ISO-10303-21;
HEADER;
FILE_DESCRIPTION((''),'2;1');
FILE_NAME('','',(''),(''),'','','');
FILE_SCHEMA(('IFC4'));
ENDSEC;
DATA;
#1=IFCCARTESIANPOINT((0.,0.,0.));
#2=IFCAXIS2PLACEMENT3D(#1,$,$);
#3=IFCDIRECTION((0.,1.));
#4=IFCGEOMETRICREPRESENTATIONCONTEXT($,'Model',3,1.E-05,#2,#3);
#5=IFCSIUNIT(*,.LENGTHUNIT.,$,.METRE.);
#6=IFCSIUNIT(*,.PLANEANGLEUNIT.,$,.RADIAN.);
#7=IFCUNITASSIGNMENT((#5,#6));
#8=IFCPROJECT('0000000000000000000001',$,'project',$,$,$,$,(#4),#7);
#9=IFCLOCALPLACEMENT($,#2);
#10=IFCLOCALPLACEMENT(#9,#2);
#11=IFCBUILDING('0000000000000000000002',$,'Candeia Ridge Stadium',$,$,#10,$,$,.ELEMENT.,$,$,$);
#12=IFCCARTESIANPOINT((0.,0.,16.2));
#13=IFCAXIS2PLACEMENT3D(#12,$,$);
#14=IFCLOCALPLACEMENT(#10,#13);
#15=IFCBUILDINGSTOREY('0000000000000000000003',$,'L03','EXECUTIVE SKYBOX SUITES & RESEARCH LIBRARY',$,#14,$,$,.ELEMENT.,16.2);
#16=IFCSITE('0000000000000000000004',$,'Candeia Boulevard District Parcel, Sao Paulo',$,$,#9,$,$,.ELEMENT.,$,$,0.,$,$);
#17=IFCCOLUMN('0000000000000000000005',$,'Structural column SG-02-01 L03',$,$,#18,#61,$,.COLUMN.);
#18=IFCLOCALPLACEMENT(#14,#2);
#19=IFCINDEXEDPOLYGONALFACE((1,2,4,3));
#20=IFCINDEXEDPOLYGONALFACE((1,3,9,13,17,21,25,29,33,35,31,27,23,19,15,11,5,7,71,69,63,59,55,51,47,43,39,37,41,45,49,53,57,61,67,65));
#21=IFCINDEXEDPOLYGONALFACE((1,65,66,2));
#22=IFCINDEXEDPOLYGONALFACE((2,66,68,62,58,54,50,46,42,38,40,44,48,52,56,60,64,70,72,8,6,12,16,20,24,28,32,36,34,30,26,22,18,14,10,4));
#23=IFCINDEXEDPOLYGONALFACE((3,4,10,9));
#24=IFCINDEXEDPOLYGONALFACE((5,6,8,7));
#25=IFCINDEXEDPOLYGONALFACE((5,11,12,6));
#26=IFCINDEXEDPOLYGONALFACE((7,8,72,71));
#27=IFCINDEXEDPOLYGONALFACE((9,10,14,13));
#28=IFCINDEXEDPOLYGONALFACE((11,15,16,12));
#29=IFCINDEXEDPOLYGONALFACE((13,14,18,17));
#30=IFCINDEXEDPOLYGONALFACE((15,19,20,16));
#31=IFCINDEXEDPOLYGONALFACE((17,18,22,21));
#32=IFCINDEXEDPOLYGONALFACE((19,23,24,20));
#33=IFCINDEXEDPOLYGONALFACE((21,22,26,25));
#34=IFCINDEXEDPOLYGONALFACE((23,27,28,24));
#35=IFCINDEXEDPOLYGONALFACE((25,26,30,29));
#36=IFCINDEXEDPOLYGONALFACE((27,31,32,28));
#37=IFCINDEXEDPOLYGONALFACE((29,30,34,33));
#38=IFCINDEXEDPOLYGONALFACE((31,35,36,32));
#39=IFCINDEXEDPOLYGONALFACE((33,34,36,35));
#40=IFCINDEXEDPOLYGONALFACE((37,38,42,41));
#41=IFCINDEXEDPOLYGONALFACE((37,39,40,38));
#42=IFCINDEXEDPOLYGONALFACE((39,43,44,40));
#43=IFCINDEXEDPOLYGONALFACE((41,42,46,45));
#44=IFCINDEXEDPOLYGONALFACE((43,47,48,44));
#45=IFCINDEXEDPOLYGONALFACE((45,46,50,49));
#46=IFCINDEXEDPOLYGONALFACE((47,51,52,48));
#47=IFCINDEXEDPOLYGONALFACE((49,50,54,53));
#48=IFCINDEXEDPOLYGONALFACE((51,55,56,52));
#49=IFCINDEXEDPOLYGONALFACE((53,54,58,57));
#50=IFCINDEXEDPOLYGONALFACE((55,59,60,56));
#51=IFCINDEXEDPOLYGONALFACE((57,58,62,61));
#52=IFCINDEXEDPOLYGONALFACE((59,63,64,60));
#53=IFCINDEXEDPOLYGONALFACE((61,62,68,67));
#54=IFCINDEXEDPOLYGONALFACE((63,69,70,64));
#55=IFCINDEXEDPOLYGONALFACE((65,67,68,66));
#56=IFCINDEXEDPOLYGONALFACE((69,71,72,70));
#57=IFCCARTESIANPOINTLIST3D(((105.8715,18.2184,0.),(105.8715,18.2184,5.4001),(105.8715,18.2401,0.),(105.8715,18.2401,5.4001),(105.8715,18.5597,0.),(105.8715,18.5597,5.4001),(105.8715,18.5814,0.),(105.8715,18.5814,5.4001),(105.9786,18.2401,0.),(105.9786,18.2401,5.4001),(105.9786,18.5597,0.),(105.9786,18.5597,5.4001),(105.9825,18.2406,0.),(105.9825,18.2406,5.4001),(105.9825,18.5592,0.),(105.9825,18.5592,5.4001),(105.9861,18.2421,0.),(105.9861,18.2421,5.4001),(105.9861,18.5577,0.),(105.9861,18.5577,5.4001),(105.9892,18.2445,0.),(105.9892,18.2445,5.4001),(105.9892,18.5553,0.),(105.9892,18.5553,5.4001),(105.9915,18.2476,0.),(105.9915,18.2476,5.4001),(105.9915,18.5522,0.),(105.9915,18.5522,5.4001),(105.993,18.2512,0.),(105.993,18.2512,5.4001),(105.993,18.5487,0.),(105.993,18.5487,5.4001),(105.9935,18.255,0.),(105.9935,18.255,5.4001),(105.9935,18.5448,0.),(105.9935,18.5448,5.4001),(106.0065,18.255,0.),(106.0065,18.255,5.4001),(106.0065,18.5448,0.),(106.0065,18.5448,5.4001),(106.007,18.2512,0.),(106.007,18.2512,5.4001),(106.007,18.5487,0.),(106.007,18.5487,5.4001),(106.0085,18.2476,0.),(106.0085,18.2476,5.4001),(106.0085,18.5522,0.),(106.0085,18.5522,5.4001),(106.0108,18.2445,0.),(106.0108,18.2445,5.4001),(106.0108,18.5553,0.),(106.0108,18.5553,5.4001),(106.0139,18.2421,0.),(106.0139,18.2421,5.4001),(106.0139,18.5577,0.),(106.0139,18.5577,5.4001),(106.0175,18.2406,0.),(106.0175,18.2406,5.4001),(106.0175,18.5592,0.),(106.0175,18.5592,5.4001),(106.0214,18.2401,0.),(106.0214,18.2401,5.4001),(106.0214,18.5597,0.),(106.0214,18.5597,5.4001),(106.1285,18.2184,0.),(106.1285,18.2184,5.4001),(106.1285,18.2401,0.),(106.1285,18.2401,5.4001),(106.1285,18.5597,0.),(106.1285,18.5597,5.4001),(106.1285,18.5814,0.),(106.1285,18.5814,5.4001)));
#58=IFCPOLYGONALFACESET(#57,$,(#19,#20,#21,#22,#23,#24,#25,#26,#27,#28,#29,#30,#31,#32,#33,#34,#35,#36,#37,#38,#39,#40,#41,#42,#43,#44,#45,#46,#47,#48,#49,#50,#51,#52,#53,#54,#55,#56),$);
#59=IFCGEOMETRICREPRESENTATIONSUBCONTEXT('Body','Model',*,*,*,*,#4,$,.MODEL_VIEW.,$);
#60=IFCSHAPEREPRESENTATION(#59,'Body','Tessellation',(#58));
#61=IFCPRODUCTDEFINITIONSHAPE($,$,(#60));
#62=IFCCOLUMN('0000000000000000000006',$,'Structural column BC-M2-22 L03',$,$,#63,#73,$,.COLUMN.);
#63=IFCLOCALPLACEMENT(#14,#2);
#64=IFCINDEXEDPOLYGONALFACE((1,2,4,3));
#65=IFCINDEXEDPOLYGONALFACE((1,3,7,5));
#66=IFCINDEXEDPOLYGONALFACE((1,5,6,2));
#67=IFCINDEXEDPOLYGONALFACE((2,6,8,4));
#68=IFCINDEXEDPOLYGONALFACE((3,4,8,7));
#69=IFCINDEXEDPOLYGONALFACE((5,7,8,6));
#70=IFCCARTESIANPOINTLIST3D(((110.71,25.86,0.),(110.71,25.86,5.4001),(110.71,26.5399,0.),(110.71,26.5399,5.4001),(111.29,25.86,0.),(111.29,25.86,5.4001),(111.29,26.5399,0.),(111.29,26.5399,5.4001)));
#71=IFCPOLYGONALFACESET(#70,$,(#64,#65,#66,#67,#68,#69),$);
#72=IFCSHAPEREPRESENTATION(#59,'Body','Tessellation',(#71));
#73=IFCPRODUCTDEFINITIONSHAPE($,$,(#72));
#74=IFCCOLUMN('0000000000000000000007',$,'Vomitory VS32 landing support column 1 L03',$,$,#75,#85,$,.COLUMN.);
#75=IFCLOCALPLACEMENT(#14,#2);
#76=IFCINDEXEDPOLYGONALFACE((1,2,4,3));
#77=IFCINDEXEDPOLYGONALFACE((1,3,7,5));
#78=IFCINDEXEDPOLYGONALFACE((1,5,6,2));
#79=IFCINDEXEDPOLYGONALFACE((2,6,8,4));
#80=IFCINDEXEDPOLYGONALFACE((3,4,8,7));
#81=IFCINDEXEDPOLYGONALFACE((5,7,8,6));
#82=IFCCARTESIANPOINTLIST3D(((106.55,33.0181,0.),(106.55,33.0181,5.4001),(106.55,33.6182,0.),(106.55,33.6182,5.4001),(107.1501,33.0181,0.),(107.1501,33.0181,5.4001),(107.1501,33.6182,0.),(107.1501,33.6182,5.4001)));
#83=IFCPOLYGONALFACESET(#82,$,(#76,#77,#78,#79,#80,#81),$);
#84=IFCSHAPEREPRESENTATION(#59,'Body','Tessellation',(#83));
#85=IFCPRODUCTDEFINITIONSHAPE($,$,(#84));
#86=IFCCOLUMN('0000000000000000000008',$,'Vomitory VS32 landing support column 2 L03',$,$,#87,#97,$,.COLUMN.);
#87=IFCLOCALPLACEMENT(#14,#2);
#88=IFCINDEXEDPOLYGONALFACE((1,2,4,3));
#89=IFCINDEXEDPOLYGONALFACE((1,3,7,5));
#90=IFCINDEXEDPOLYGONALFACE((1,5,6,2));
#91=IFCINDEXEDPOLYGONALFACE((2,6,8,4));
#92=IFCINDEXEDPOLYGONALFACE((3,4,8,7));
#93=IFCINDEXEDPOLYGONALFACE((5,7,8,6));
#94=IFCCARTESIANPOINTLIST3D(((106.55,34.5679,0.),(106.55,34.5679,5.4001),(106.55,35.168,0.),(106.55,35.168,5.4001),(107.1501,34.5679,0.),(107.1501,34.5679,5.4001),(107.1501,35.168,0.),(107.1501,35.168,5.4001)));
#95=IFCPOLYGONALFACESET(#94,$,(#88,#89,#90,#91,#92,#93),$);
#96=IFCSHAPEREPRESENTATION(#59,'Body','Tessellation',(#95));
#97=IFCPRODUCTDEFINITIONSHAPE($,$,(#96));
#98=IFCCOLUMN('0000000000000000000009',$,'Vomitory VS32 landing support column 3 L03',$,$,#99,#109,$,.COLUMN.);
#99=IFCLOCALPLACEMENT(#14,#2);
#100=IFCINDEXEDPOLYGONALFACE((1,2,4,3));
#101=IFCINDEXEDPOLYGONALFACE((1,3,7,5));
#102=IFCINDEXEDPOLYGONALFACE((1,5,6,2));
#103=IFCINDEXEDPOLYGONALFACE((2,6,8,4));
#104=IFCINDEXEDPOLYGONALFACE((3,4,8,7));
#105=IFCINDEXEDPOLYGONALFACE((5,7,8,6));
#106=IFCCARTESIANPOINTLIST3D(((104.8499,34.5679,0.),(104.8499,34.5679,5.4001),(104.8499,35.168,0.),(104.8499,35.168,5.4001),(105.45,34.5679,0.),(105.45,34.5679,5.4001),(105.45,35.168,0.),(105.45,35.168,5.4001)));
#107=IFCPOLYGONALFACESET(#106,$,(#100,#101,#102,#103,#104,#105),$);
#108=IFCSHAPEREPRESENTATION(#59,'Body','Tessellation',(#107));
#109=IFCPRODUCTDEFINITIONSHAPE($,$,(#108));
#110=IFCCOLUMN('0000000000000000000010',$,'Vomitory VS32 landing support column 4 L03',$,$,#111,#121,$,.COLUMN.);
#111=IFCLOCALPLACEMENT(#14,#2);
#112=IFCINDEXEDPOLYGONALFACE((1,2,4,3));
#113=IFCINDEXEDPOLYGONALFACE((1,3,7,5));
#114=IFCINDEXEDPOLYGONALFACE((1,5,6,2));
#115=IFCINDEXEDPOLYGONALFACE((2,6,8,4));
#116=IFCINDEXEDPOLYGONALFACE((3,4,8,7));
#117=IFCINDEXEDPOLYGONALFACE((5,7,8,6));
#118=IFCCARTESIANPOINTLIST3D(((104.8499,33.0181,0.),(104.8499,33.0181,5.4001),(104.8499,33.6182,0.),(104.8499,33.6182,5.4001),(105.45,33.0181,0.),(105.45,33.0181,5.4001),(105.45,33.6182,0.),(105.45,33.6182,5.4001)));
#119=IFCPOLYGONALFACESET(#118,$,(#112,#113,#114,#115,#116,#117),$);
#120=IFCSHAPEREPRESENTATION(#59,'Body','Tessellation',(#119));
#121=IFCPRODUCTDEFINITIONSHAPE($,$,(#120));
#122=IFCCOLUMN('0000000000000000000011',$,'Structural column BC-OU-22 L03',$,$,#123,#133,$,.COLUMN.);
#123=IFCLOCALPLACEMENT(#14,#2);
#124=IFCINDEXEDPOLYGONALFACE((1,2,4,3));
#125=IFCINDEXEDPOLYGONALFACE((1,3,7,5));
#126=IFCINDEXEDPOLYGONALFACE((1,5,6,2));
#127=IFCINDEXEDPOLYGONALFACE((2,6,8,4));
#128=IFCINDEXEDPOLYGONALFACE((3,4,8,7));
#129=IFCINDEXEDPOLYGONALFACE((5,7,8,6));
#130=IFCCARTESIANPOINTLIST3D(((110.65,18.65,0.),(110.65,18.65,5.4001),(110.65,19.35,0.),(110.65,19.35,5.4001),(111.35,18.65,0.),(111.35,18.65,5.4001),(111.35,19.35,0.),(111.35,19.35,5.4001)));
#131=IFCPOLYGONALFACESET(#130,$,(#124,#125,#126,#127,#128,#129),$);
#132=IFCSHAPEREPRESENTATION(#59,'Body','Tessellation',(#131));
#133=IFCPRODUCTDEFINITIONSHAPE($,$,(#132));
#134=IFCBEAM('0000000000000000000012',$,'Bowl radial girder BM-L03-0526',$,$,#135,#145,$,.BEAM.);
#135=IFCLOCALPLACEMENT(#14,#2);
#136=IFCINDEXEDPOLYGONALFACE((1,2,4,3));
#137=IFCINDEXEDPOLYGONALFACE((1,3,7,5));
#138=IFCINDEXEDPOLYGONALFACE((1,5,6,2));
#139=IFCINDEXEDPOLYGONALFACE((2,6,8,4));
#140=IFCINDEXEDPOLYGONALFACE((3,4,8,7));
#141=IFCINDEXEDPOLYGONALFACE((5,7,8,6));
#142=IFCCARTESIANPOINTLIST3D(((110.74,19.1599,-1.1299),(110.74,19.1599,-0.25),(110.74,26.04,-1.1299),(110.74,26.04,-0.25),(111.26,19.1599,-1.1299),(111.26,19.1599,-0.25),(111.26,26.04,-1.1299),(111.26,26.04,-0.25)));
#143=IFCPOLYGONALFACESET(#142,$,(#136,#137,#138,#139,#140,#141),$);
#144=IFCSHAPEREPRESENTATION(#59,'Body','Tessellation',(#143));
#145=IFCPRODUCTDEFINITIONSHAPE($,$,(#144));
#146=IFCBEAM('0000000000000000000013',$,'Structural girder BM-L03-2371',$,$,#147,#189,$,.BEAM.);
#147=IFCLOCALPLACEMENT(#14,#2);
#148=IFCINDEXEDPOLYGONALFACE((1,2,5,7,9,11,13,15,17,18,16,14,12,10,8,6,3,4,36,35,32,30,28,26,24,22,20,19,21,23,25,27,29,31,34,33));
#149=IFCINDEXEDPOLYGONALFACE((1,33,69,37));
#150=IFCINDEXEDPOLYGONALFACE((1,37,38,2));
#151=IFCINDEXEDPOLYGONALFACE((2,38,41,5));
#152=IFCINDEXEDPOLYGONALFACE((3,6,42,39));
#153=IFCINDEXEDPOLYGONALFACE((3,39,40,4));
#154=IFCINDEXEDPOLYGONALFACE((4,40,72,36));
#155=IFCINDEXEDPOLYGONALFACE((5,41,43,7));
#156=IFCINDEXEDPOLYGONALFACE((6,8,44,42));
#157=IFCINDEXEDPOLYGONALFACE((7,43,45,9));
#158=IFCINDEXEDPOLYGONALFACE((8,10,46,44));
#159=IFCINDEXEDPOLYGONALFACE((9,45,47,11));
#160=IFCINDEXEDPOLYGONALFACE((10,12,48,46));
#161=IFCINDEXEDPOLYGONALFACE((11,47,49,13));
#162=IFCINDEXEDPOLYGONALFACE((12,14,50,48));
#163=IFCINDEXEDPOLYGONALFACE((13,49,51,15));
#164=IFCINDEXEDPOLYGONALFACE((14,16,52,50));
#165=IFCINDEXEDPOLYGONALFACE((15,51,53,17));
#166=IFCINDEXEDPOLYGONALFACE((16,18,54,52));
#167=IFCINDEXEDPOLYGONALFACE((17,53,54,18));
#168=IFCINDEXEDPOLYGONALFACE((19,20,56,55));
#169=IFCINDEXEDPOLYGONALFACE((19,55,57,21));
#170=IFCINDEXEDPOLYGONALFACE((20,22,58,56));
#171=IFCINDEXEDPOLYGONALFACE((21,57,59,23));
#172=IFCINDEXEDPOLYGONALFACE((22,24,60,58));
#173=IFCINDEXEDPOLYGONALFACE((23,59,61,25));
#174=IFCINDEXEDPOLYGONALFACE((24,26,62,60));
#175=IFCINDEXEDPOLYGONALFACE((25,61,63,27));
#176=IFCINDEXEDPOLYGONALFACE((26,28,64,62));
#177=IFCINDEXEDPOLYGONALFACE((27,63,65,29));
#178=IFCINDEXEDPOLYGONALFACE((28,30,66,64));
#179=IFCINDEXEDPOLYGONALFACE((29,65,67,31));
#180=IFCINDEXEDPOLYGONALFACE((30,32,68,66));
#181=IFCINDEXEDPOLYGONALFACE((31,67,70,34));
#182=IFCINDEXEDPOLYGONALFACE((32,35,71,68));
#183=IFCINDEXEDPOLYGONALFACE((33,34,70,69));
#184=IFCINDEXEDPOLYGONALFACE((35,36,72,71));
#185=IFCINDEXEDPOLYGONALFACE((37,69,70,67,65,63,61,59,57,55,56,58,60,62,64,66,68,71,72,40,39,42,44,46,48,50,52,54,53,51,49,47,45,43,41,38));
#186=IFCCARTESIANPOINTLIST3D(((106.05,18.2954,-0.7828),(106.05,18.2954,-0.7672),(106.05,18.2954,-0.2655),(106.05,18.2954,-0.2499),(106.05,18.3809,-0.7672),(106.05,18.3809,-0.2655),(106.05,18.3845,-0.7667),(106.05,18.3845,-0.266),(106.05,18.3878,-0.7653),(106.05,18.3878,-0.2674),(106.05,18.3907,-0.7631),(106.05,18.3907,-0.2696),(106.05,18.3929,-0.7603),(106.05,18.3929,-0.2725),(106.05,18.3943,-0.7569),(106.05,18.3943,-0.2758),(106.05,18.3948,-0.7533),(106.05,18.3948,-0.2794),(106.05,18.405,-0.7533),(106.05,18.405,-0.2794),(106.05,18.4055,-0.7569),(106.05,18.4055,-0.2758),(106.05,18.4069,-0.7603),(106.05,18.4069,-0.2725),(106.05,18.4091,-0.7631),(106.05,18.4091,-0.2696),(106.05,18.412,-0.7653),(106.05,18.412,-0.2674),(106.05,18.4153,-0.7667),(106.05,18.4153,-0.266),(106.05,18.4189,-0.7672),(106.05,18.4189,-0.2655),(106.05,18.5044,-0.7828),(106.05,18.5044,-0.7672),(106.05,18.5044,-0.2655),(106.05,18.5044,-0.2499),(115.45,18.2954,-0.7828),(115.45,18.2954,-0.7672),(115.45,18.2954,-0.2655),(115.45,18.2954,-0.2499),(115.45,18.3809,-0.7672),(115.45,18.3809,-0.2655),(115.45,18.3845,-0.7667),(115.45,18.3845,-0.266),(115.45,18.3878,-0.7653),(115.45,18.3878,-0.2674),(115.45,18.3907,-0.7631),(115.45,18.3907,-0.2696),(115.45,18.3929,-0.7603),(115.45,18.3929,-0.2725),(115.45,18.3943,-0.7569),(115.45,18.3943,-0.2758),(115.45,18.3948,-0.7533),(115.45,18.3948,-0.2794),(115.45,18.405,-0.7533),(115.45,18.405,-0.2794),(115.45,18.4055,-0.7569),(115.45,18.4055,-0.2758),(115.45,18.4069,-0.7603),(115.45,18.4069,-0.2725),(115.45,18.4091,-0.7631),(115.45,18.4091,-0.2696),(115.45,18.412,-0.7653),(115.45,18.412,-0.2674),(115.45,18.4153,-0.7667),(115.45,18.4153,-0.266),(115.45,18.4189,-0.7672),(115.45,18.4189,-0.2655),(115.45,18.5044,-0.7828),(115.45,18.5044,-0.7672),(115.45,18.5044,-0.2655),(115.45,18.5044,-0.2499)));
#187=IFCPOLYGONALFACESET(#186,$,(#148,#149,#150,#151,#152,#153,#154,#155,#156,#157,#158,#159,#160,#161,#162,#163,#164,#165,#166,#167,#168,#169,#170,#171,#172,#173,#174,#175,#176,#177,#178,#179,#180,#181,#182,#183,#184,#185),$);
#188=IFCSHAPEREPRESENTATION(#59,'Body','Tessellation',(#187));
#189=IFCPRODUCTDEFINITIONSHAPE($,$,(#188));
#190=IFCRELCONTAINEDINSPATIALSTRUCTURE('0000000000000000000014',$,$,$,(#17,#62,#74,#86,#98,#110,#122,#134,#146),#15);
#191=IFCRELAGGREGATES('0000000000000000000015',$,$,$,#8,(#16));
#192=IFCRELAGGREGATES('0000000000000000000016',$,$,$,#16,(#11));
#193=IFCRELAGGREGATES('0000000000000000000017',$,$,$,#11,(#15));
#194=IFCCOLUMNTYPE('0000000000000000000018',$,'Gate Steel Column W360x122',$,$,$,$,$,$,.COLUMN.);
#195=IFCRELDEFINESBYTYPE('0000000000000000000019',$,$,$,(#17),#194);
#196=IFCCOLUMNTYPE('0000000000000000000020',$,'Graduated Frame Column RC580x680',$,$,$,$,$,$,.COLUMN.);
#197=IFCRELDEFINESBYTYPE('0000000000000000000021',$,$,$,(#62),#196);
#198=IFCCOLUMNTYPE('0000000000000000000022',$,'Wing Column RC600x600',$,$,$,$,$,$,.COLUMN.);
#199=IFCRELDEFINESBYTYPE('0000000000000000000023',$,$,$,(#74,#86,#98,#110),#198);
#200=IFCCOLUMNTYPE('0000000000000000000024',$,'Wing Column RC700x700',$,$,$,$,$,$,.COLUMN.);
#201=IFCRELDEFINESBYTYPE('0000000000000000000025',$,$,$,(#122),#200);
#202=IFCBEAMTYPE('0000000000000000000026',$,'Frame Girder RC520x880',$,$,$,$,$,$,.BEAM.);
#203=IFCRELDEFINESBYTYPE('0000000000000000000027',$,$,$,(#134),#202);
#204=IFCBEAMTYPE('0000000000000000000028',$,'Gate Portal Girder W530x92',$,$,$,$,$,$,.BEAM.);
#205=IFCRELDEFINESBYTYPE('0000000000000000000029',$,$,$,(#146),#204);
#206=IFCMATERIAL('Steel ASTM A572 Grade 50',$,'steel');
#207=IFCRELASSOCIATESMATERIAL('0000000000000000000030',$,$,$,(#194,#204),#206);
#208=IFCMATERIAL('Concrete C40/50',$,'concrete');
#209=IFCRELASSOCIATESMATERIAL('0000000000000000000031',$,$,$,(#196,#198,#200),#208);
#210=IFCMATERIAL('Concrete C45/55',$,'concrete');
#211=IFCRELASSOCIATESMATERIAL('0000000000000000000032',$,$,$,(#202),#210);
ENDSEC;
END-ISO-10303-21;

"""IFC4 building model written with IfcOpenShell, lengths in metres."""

from ifc_helpers import new_model, si_unit, direction, frame, origin, origin_2d, place, context, subcontext, project, spatial, rectangle, i_section, extrude, material, material_profile, profile_set, type_object, element, save


model = new_model("IFC4")

# Units and contexts
model_context = context("Model", 3, precision=1e-05, world=origin(), true_north=direction((0.0, 1.0)))
body_context = subcontext(model_context, "Body", "Model", "MODEL_VIEW")
ifc_project = project(units=[si_unit("LENGTHUNIT", "METRE"), si_unit("PLANEANGLEUNIT", "RADIAN")], contexts=[model_context])

# Site, building, storey
site_placement = place(None, origin())
site = spatial("IfcSite", under=ifc_project, at=site_placement, Name="Candeia Boulevard District Parcel, Sao Paulo", CompositionType="ELEMENT", RefElevation=0.0)
building_placement = place(site_placement, origin())
building = spatial("IfcBuilding", under=site, at=building_placement, Name="Candeia Ridge Stadium", CompositionType="ELEMENT")
storey_placement = place(building_placement, frame((0.0, 0.0, 16.2)))
storey = spatial("IfcBuildingStorey", under=building, at=storey_placement, Name="L03", Description="EXECUTIVE SKYBOX SUITES & RESEARCH LIBRARY", CompositionType="ELEMENT", Elevation=16.2)

# Columns
ifc_material_1 = material(Name="Steel ASTM A572 Grade 50", Category="steel")
ifc_material_profile_1 = material_profile(ifc_material_1, i_section(OverallWidth=0.2571, OverallDepth=0.363, WebThickness=0.0129, FlangeThickness=0.0217, FilletRadius=0.0149, at=origin_2d()), Name="W360x122", Category="steel")
ifc_profile_set_1 = profile_set([ifc_material_profile_1], Name="Steel ASTM A572 Grade 50")
column_type_1 = type_object("IfcColumnType", Name="Gate Steel Column W360x122", PredefinedType="COLUMN", material=ifc_profile_set_1)
column_1_placement = place(storey_placement, frame((106.0, 18.3999, 0.0), z_axis=(0.0, 0.0, 1.0), x_axis=(1.0, 0.0, 0.0)))
element("IfcColumn", 1, at=column_1_placement, inside=storey, type_object=column_type_1, Name="Structural column SG-02-01 L03", PredefinedType="COLUMN", context=body_context, shape_type="SweptSolid", body=[
    extrude(i_section(OverallWidth=0.2571, OverallDepth=0.363, WebThickness=0.0129, FlangeThickness=0.0217, FilletRadius=0.0149, at=origin_2d()), origin(), (0.0, 0.0, 1.0), 5.4001),
])
ifc_material_2 = material(Name="Concrete C40/50", Category="concrete")
ifc_material_profile_2 = material_profile(ifc_material_2, rectangle(XDim=0.5801, YDim=0.6799, at=origin_2d()), Name="RC580x680", Category="concrete")
ifc_profile_set_2 = profile_set([ifc_material_profile_2], Name="Concrete C40/50")
column_type_2 = type_object("IfcColumnType", Name="Graduated Frame Column RC580x680", PredefinedType="COLUMN", material=ifc_profile_set_2)
column_2_placement = place(storey_placement, frame((111.0, 26.2, 0.0), z_axis=(0.0, 0.0, 1.0), x_axis=(1.0, 0.0, 0.0)))
element("IfcColumn", 2, at=column_2_placement, inside=storey, type_object=column_type_2, Name="Structural column BC-M2-22 L03", PredefinedType="COLUMN", context=body_context, shape_type="SweptSolid", body=[
    extrude(rectangle(XDim=0.5801, YDim=0.6799, at=origin_2d()), origin(), (0.0, 0.0, 1.0), 5.4001),
])
ifc_material_profile_3 = material_profile(ifc_material_2, rectangle(XDim=0.6001, YDim=0.6001, at=origin_2d()), Name="RC600x600", Category="concrete")
ifc_profile_set_3 = profile_set([ifc_material_profile_3], Name="Concrete C40/50")
column_type_3 = type_object("IfcColumnType", Name="Wing Column RC600x600", PredefinedType="COLUMN", material=ifc_profile_set_3)
for number, where, z_axis, x_axis, name in (
    (3, (106.8501, 33.3181, 0.0), (0.0, 0.0, 1.0), (1.0, 0.0, 0.0), "Vomitory VS32 landing support column 1 L03"),
    (4, (106.8501, 34.8679, 0.0), (0.0, 0.0, 1.0), (1.0, 0.0, 0.0), "Vomitory VS32 landing support column 2 L03"),
    (5, (105.1499, 34.8679, 0.0), (0.0, 0.0, 1.0), (1.0, 0.0, 0.0), "Vomitory VS32 landing support column 3 L03"),
    (6, (105.1499, 33.3181, 0.0), (0.0, 0.0, 1.0), (1.0, 0.0, 0.0), "Vomitory VS32 landing support column 4 L03"),
):
    element("IfcColumn", number, at=place(storey_placement, frame(where, z_axis=z_axis, x_axis=x_axis)), inside=storey, type_object=column_type_3, Name=name, PredefinedType="COLUMN", context=body_context, shape_type="SweptSolid", body=[
        extrude(rectangle(XDim=0.6001, YDim=0.6001, at=origin_2d()), origin(), (0.0, 0.0, 1.0), 5.4001),
    ])
ifc_material_profile_4 = material_profile(ifc_material_2, rectangle(XDim=0.7, YDim=0.7, at=origin_2d()), Name="RC700x700", Category="concrete")
ifc_profile_set_4 = profile_set([ifc_material_profile_4], Name="Concrete C40/50")
column_type_4 = type_object("IfcColumnType", Name="Wing Column RC700x700", PredefinedType="COLUMN", material=ifc_profile_set_4)
column_3_placement = place(storey_placement, frame((111.0, 19.0, 0.0), z_axis=(0.0, 0.0, 1.0), x_axis=(1.0, 0.0, 0.0)))
element("IfcColumn", 7, at=column_3_placement, inside=storey, type_object=column_type_4, Name="Structural column BC-OU-22 L03", PredefinedType="COLUMN", context=body_context, shape_type="SweptSolid", body=[
    extrude(rectangle(XDim=0.7, YDim=0.7, at=origin_2d()), origin(), (0.0, 0.0, 1.0), 5.4001),
])

# Beams
ifc_material_3 = material(Name="Concrete C45/55", Category="concrete")
ifc_material_profile_5 = material_profile(ifc_material_3, rectangle(XDim=0.52, YDim=0.8799, at=origin_2d()), Name="RC520x880", Category="concrete")
ifc_profile_set_5 = profile_set([ifc_material_profile_5], Name="Concrete C45/55")
beam_type_1 = type_object("IfcBeamType", Name="Frame Girder RC520x880", PredefinedType="BEAM", material=ifc_profile_set_5)
beam_1_placement = place(storey_placement, frame((111.0, 26.04, -0.6899), z_axis=(0.0, -1.0, 0.0), x_axis=(1.0, 0.0, 0.0)))
element("IfcBeam", 8, at=beam_1_placement, inside=storey, type_object=beam_type_1, Name="Bowl radial girder BM-L03-0526", PredefinedType="BEAM", context=body_context, shape_type="SweptSolid", body=[
    extrude(rectangle(XDim=0.52, YDim=0.8799, at=origin_2d()), origin(), (0.0, 0.0, 1.0), 6.8801),
])
ifc_material_profile_6 = material_profile(ifc_material_1, i_section(OverallWidth=0.209, OverallDepth=0.533, WebThickness=0.0103, FlangeThickness=0.0156, FilletRadius=0.0139, at=origin_2d()), Name="W530x92", Category="steel")
ifc_profile_set_6 = profile_set([ifc_material_profile_6], Name="Steel ASTM A572 Grade 50")
beam_type_2 = type_object("IfcBeamType", Name="Gate Portal Girder W530x92", PredefinedType="BEAM", material=ifc_profile_set_6)
beam_2_placement = place(storey_placement, frame((106.05, 18.3999, -0.5164), z_axis=(1.0, 0.0, 0.0), x_axis=(0.0, 1.0, 0.0)))
element("IfcBeam", 9, at=beam_2_placement, inside=storey, type_object=beam_type_2, Name="Structural girder BM-L03-2371", PredefinedType="BEAM", context=body_context, shape_type="SweptSolid", body=[
    extrude(i_section(OverallWidth=0.209, OverallDepth=0.533, WebThickness=0.0103, FlangeThickness=0.0156, FilletRadius=0.0139, at=origin_2d()), origin(), (0.0, 0.0, 1.0), 9.3999),
])

save(model, "model.ifc")
